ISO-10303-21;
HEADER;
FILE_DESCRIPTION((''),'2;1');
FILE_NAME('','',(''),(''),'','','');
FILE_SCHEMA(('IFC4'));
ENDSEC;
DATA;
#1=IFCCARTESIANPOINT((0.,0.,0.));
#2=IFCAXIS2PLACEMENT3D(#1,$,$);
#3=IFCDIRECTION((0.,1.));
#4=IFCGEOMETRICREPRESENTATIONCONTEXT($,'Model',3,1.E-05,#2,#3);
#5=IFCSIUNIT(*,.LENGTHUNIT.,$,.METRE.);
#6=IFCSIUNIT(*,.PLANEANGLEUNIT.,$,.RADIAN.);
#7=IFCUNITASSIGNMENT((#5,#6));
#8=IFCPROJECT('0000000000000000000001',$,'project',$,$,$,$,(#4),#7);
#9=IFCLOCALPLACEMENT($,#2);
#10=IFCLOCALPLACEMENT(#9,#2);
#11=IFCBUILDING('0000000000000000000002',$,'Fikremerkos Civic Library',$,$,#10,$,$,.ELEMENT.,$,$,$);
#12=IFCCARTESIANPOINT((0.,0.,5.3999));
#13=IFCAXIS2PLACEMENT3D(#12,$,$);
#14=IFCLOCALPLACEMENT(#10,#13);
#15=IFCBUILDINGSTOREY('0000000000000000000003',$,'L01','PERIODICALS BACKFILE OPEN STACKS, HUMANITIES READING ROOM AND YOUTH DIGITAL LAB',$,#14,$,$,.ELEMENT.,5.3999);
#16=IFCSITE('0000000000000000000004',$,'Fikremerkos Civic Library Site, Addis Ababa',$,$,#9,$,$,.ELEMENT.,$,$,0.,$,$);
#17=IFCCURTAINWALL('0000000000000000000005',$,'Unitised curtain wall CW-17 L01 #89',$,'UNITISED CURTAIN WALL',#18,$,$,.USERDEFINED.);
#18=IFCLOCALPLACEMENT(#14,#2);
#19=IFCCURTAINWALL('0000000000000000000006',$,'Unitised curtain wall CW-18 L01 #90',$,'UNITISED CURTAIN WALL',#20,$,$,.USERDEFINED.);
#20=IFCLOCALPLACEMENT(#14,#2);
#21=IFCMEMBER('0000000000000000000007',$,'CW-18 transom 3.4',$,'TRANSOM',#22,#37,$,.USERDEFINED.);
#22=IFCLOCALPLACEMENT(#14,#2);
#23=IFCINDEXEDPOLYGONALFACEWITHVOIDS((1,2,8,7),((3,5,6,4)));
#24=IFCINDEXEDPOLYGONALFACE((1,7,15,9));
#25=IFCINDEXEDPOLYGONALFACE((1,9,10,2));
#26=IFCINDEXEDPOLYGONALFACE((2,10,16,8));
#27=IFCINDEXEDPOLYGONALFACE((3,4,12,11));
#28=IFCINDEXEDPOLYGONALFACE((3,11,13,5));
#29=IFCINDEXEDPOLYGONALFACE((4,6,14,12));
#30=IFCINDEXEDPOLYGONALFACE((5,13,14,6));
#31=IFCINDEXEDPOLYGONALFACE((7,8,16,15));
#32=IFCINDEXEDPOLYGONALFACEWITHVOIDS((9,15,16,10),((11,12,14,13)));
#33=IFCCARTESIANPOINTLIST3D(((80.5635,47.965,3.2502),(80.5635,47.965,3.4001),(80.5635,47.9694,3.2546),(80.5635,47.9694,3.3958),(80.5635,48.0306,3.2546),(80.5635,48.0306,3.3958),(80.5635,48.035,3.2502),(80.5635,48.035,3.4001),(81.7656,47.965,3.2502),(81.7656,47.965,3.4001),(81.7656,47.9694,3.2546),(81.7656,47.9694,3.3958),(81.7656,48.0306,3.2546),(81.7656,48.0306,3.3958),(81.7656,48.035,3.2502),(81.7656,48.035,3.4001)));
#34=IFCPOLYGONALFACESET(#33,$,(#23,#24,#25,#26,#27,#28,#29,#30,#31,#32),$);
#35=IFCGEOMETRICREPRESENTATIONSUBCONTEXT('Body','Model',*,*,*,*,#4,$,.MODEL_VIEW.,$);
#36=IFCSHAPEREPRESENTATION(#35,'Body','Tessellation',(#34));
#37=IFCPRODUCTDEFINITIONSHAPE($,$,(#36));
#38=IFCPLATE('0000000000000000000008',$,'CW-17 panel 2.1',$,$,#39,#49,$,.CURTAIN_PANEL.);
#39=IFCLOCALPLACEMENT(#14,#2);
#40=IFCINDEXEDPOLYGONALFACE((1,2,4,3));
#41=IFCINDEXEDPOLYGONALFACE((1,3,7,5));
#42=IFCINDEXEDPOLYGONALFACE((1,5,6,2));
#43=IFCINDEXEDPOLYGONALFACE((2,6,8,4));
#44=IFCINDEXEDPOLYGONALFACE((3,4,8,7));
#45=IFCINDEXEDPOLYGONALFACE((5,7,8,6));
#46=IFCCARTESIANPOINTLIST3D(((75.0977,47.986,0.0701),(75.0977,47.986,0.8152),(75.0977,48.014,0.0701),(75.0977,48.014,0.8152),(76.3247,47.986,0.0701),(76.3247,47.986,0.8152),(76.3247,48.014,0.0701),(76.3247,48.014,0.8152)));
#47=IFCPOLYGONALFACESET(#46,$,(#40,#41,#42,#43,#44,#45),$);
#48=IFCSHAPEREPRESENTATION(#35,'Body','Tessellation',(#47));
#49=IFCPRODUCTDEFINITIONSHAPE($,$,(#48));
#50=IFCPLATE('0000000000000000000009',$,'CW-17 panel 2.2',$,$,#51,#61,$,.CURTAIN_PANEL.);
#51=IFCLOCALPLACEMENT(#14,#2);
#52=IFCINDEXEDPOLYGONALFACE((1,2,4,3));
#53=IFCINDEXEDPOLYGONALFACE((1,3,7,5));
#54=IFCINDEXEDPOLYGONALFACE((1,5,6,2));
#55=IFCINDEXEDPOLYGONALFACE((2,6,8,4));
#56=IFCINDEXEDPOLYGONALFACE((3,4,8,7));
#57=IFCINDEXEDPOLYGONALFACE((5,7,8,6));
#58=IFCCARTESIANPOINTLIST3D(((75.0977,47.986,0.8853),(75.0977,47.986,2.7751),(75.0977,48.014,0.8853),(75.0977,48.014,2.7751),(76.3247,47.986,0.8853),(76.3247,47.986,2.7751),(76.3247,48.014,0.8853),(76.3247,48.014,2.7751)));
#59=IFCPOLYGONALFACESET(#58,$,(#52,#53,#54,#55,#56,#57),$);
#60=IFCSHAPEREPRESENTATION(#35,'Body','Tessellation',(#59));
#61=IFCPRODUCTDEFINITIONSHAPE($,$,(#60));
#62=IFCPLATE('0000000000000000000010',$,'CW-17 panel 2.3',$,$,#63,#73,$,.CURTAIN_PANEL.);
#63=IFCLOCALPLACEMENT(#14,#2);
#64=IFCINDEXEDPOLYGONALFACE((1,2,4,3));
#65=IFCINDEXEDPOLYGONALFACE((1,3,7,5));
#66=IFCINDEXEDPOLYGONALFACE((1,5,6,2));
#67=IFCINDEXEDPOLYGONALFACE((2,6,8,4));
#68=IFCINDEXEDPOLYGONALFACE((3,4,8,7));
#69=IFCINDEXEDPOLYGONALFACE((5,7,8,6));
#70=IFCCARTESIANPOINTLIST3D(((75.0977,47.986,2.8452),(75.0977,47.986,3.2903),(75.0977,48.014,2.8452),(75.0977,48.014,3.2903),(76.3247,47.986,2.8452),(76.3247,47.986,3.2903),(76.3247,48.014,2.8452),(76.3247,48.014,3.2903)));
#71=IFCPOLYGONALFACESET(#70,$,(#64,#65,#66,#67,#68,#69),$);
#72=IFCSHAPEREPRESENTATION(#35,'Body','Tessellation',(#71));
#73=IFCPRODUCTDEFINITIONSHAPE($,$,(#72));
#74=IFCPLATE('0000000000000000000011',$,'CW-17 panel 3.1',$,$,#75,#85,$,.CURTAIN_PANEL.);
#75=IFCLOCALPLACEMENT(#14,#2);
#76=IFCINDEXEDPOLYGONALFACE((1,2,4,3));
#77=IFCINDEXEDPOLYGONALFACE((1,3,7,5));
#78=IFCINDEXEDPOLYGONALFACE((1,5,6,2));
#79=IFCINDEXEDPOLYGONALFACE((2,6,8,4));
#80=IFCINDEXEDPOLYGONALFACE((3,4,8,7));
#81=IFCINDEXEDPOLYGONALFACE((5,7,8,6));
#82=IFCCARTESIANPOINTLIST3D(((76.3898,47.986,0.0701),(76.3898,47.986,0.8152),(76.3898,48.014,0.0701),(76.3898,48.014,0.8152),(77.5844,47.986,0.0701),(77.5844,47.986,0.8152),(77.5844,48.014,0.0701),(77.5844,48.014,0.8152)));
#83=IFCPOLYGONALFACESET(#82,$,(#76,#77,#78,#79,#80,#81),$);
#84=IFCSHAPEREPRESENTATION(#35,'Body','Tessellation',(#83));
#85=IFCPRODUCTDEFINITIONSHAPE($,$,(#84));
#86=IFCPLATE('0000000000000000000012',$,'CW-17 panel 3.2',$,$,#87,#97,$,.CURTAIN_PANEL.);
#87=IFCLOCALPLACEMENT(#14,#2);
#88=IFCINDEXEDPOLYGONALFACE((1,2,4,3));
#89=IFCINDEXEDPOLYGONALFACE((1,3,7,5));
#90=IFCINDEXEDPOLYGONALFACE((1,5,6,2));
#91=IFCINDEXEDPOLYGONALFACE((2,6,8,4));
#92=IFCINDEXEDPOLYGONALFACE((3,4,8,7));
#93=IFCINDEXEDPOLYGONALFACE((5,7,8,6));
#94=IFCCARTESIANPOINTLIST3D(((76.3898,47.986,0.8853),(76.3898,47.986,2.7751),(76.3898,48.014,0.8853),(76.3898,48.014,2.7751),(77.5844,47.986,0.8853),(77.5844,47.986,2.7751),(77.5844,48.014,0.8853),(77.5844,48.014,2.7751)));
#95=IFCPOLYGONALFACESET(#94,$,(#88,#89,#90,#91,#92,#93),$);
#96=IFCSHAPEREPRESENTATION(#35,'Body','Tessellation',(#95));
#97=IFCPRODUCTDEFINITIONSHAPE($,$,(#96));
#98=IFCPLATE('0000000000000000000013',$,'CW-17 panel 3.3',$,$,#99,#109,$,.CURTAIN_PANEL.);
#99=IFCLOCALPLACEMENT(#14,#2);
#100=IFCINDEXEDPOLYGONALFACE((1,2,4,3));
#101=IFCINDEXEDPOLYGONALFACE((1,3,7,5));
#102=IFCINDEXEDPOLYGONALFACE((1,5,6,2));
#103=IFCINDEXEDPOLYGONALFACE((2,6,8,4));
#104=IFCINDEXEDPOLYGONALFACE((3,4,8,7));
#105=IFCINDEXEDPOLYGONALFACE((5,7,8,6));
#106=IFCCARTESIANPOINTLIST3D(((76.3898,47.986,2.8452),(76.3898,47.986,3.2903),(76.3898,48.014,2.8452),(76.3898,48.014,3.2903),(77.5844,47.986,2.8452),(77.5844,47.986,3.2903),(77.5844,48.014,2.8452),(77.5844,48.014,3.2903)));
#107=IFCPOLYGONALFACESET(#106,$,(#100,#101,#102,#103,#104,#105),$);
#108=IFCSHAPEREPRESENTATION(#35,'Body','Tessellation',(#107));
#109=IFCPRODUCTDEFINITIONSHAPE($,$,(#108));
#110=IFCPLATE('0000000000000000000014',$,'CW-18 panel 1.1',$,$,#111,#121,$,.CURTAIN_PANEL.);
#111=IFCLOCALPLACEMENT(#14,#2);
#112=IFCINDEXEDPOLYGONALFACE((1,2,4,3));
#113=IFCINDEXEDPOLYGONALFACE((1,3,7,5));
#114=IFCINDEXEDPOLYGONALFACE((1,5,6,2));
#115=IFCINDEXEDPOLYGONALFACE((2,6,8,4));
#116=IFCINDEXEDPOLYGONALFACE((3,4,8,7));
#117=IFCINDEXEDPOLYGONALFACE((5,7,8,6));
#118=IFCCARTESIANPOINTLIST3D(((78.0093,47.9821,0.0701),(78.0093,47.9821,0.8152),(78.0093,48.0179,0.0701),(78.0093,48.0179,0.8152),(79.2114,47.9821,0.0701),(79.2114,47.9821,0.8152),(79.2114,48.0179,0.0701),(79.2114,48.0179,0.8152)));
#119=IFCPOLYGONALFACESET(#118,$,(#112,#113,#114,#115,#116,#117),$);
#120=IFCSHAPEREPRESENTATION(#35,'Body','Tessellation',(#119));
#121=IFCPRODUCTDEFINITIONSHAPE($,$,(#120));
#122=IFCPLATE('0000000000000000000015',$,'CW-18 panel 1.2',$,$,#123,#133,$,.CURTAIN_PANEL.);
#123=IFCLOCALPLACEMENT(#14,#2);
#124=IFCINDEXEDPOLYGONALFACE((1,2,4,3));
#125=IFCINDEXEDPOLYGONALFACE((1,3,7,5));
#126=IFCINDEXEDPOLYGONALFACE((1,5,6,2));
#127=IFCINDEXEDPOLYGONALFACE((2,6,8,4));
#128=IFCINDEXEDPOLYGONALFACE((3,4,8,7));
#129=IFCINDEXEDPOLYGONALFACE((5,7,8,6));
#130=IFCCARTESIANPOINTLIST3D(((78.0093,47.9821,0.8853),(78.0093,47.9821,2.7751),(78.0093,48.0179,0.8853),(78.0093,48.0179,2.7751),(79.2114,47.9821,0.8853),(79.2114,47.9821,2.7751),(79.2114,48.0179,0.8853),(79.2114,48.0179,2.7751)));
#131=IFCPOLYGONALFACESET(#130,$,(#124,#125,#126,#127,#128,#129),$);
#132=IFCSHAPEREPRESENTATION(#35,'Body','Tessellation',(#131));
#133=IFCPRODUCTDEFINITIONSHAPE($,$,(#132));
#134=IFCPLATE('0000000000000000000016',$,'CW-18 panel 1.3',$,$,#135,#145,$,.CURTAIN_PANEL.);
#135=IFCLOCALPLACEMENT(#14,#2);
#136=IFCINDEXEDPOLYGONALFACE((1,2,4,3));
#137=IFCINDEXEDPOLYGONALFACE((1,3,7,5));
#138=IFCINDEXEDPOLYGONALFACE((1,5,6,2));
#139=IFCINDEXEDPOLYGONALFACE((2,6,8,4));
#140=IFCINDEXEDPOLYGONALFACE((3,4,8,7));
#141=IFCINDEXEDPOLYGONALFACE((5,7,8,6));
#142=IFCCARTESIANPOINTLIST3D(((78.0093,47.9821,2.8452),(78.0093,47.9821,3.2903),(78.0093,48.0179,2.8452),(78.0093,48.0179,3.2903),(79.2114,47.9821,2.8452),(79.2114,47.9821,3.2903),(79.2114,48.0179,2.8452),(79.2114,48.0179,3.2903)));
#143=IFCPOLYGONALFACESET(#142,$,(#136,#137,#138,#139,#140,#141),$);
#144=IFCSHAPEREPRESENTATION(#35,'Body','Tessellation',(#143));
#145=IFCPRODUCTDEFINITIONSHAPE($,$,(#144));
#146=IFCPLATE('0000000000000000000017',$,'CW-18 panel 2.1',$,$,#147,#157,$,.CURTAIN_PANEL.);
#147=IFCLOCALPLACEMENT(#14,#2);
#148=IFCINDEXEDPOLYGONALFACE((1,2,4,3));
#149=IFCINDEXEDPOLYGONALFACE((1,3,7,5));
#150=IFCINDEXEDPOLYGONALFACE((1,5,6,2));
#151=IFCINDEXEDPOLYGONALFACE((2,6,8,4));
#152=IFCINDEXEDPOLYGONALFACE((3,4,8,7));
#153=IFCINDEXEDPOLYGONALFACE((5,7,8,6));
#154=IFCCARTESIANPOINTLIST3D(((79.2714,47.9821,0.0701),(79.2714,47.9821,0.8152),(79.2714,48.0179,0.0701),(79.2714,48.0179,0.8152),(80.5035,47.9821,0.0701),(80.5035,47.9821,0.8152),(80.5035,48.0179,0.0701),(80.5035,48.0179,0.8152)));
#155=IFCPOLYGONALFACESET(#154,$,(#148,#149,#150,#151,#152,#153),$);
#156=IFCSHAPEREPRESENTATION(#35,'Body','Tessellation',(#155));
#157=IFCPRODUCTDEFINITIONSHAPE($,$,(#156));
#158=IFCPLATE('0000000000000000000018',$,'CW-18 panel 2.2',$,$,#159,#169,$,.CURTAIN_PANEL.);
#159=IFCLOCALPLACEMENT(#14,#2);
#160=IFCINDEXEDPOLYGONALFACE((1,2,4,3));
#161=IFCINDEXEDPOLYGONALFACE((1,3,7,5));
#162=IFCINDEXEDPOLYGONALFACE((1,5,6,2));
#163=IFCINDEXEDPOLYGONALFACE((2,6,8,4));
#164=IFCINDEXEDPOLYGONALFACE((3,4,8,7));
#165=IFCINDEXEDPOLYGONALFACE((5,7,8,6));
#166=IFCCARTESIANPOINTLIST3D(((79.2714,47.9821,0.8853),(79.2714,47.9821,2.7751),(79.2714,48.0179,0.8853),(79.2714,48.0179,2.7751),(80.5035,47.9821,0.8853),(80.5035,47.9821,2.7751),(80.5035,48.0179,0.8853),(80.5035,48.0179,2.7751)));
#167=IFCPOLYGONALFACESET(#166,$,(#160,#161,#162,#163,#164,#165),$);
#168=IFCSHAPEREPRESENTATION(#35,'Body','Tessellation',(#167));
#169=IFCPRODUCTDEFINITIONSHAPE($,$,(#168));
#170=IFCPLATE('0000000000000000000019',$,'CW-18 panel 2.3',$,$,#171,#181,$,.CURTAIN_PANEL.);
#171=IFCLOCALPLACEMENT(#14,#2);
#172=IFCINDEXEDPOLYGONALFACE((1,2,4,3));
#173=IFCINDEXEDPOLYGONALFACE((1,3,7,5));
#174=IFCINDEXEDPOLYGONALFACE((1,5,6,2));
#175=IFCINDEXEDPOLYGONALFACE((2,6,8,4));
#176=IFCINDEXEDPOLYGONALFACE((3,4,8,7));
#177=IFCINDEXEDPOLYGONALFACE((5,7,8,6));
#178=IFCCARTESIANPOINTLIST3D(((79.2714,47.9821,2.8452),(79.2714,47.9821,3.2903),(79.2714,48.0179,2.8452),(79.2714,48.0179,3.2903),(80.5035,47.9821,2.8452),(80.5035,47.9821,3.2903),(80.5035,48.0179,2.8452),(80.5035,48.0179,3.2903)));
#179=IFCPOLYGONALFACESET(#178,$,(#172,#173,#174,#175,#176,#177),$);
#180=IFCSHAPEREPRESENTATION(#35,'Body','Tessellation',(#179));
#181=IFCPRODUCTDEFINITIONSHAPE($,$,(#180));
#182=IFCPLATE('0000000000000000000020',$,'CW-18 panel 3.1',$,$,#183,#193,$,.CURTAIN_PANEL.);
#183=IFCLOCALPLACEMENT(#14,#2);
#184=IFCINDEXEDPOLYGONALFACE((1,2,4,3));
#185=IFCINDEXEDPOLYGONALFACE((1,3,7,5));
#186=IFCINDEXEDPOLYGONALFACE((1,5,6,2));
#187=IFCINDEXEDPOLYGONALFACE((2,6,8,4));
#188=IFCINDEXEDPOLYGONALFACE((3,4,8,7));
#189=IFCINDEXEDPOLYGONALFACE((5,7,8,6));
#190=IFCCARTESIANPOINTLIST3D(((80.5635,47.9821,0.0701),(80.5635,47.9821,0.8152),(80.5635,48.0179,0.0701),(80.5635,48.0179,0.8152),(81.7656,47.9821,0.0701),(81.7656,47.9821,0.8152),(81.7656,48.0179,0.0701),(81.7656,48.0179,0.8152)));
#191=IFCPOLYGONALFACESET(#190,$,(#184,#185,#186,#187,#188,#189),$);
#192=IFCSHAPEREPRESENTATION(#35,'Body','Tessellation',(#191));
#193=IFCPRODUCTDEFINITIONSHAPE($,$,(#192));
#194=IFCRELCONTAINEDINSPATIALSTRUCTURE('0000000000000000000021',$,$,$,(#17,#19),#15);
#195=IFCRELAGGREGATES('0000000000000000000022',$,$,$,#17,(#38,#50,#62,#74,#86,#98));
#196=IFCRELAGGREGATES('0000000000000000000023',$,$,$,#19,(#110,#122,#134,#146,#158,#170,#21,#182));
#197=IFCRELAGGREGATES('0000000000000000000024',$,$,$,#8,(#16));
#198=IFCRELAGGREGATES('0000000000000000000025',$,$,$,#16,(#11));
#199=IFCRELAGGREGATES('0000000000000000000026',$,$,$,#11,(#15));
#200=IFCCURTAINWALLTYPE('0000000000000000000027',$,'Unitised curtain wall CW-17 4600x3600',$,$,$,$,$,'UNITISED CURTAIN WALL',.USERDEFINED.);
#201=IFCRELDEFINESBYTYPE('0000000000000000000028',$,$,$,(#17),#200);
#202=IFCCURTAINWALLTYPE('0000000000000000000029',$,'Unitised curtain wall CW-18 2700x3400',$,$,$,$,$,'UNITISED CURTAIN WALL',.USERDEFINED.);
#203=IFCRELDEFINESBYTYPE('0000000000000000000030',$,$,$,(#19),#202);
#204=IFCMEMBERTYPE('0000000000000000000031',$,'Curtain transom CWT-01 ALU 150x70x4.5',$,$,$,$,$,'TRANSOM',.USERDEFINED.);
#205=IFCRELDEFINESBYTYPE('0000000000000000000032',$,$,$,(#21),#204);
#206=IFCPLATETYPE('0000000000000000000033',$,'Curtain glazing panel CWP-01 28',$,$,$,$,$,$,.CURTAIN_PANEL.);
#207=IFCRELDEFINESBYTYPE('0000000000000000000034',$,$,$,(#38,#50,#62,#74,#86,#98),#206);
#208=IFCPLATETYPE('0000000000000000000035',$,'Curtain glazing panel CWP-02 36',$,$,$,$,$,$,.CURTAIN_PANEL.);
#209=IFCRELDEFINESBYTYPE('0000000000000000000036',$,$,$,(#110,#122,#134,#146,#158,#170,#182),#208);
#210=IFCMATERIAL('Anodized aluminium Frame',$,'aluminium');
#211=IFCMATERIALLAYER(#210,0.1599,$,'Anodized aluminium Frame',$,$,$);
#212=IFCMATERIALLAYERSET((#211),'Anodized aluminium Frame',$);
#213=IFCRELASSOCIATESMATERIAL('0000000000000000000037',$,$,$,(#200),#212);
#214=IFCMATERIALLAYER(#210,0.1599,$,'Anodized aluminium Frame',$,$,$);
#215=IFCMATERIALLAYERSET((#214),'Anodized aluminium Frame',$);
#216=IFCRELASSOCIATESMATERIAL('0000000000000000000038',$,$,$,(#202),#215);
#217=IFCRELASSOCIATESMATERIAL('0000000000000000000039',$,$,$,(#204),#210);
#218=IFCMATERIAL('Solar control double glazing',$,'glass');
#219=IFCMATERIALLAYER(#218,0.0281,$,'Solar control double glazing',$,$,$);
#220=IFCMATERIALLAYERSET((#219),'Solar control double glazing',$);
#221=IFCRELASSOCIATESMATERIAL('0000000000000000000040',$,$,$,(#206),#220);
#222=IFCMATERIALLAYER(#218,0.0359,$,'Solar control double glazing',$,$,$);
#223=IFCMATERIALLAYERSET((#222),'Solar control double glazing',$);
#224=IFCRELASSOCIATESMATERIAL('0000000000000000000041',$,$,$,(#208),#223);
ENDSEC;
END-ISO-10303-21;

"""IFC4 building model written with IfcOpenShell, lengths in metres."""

from ifc_helpers import new_model, si_unit, direction, frame, origin, origin_2d, place, context, subcontext, project, spatial, rectangle, hollow_rectangle, extrude, material, layer, layer_set, material_profile, profile_set, type_object, element, aggregate, save


model = new_model("IFC4")

# Units and contexts
model_context = context("Model", 3, precision=1e-05, world=origin(), true_north=direction((0.0, 1.0)))
body_context = subcontext(model_context, "Body", "Model", "MODEL_VIEW")
ifc_project = project(units=[si_unit("LENGTHUNIT", "METRE"), si_unit("PLANEANGLEUNIT", "RADIAN")], contexts=[model_context])

# Site, building, storey
site_placement = place(None, origin())
site = spatial("IfcSite", under=ifc_project, at=site_placement, Name="Fikremerkos Civic Library Site, Addis Ababa", CompositionType="ELEMENT", RefElevation=0.0)
building_placement = place(site_placement, origin())
building = spatial("IfcBuilding", under=site, at=building_placement, Name="Fikremerkos Civic Library", CompositionType="ELEMENT")
storey_placement = place(building_placement, frame((0.0, 0.0, 5.3999)))
storey = spatial("IfcBuildingStorey", under=building, at=storey_placement, Name="L01", Description="PERIODICALS BACKFILE OPEN STACKS, HUMANITIES READING ROOM AND YOUTH DIGITAL LAB", CompositionType="ELEMENT", Elevation=5.3999)

# Curtain wall
ifc_material_1 = material(Name="Anodized aluminium Frame", Category="aluminium")
ifc_layer_1 = layer(ifc_material_1, 0.1599, Name="Anodized aluminium Frame")
ifc_layer_set_1 = layer_set([ifc_layer_1], Name="Anodized aluminium Frame")
curtain_wall_type_1 = type_object("IfcCurtainWallType", Name="Unitised curtain wall CW-17 4600x3600", ElementType="UNITISED CURTAIN WALL", PredefinedType="USERDEFINED", material=ifc_layer_set_1)
curtain_wall_1_placement = place(storey_placement, origin())
curtain_wall_1 = element("IfcCurtainWall", 1, at=curtain_wall_1_placement, inside=storey, type_object=curtain_wall_type_1, Name="Unitised curtain wall CW-17 L01 #89", ObjectType="UNITISED CURTAIN WALL", PredefinedType="USERDEFINED")

# Curtain wall
ifc_layer_2 = layer(ifc_material_1, 0.1599, Name="Anodized aluminium Frame")
ifc_layer_set_2 = layer_set([ifc_layer_2], Name="Anodized aluminium Frame")
curtain_wall_type_2 = type_object("IfcCurtainWallType", Name="Unitised curtain wall CW-18 2700x3400", ElementType="UNITISED CURTAIN WALL", PredefinedType="USERDEFINED", material=ifc_layer_set_2)
curtain_wall_2_placement = place(storey_placement, origin())
curtain_wall_2 = element("IfcCurtainWall", 2, at=curtain_wall_2_placement, inside=storey, type_object=curtain_wall_type_2, Name="Unitised curtain wall CW-18 L01 #90", ObjectType="UNITISED CURTAIN WALL", PredefinedType="USERDEFINED")

# Member
ifc_material_profile_1 = material_profile(ifc_material_1, hollow_rectangle(XDim=0.0701, YDim=0.1499, WallThickness=0.0044, at=origin_2d()), Name="ALU 150x70x4.5")
ifc_profile_set_1 = profile_set([ifc_material_profile_1], Name="Anodized aluminium Frame")
member_type_1 = type_object("IfcMemberType", Name="Curtain transom CWT-01 ALU 150x70x4.5", ElementType="TRANSOM", PredefinedType="USERDEFINED", material=ifc_profile_set_1)
member_1_placement = place(storey_placement, frame((80.5635, 48.0, 3.3252), z_axis=(1.0, 0.0, 0.0), x_axis=(0.0, 1.0, 0.0)))
member_1 = element("IfcMember", 3, at=member_1_placement, type_object=member_type_1, Name="CW-18 transom 3.4", ObjectType="TRANSOM", PredefinedType="USERDEFINED", context=body_context, shape_type="SweptSolid", body=[
    extrude(hollow_rectangle(XDim=0.0701, YDim=0.1499, WallThickness=0.0044, at=origin_2d()), origin(), (0.0, 0.0, 1.0), 1.2021),
])

# Plates
ifc_material_2 = material(Name="Solar control double glazing", Category="glass")
ifc_layer_3 = layer(ifc_material_2, 0.0281, Name="Solar control double glazing")
ifc_layer_set_3 = layer_set([ifc_layer_3], Name="Solar control double glazing")
plate_type_1 = type_object("IfcPlateType", Name="Curtain glazing panel CWP-01 28", PredefinedType="CURTAIN_PANEL", material=ifc_layer_set_3)
plate_1_placement = place(storey_placement, frame((75.7112, 48.0, 0.0701), z_axis=(0.0, 0.0, 1.0), x_axis=(1.0, 0.0, 0.0)))
plate_1 = element("IfcPlate", 4, at=plate_1_placement, type_object=plate_type_1, Name="CW-17 panel 2.1", PredefinedType="CURTAIN_PANEL", context=body_context, shape_type="SweptSolid", body=[
    extrude(rectangle(XDim=1.2271, YDim=0.0281, at=origin_2d()), origin(), (0.0, 0.0, 1.0), 0.7451),
])
plate_2_placement = place(storey_placement, frame((75.7112, 48.0, 0.8853), z_axis=(0.0, 0.0, 1.0), x_axis=(1.0, 0.0, 0.0)))
plate_2 = element("IfcPlate", 5, at=plate_2_placement, type_object=plate_type_1, Name="CW-17 panel 2.2", PredefinedType="CURTAIN_PANEL", context=body_context, shape_type="SweptSolid", body=[
    extrude(rectangle(XDim=1.2271, YDim=0.0281, at=origin_2d()), origin(), (0.0, 0.0, 1.0), 1.8899),
])
plate_3_placement = place(storey_placement, frame((75.7112, 48.0, 2.8452), z_axis=(0.0, 0.0, 1.0), x_axis=(1.0, 0.0, 0.0)))
plate_3 = element("IfcPlate", 6, at=plate_3_placement, type_object=plate_type_1, Name="CW-17 panel 2.3", PredefinedType="CURTAIN_PANEL", context=body_context, shape_type="SweptSolid", body=[
    extrude(rectangle(XDim=1.2271, YDim=0.0281, at=origin_2d()), origin(), (0.0, 0.0, 1.0), 0.4451),
])
plate_4_placement = place(storey_placement, frame((76.9871, 48.0, 0.0701), z_axis=(0.0, 0.0, 1.0), x_axis=(1.0, 0.0, 0.0)))
plate_4 = element("IfcPlate", 7, at=plate_4_placement, type_object=plate_type_1, Name="CW-17 panel 3.1", PredefinedType="CURTAIN_PANEL", context=body_context, shape_type="SweptSolid", body=[
    extrude(rectangle(XDim=1.1946, YDim=0.0281, at=origin_2d()), origin(), (0.0, 0.0, 1.0), 0.7451),
])
plate_5_placement = place(storey_placement, frame((76.9871, 48.0, 0.8853), z_axis=(0.0, 0.0, 1.0), x_axis=(1.0, 0.0, 0.0)))
plate_5 = element("IfcPlate", 8, at=plate_5_placement, type_object=plate_type_1, Name="CW-17 panel 3.2", PredefinedType="CURTAIN_PANEL", context=body_context, shape_type="SweptSolid", body=[
    extrude(rectangle(XDim=1.1946, YDim=0.0281, at=origin_2d()), origin(), (0.0, 0.0, 1.0), 1.8899),
])
plate_6_placement = place(storey_placement, frame((76.9871, 48.0, 2.8452), z_axis=(0.0, 0.0, 1.0), x_axis=(1.0, 0.0, 0.0)))
plate_6 = element("IfcPlate", 9, at=plate_6_placement, type_object=plate_type_1, Name="CW-17 panel 3.3", PredefinedType="CURTAIN_PANEL", context=body_context, shape_type="SweptSolid", body=[
    extrude(rectangle(XDim=1.1946, YDim=0.0281, at=origin_2d()), origin(), (0.0, 0.0, 1.0), 0.4451),
])
aggregate(curtain_wall_1, [plate_1, plate_2, plate_3, plate_4, plate_5, plate_6])
ifc_layer_4 = layer(ifc_material_2, 0.0359, Name="Solar control double glazing")
ifc_layer_set_4 = layer_set([ifc_layer_4], Name="Solar control double glazing")
plate_type_2 = type_object("IfcPlateType", Name="Curtain glazing panel CWP-02 36", PredefinedType="CURTAIN_PANEL", material=ifc_layer_set_4)
plate_7_placement = place(storey_placement, frame((78.6104, 48.0, 0.0701), z_axis=(0.0, 0.0, 1.0), x_axis=(1.0, 0.0, 0.0)))
plate_7 = element("IfcPlate", 10, at=plate_7_placement, type_object=plate_type_2, Name="CW-18 panel 1.1", PredefinedType="CURTAIN_PANEL", context=body_context, shape_type="SweptSolid", body=[
    extrude(rectangle(XDim=1.2021, YDim=0.0359, at=origin_2d()), origin(), (0.0, 0.0, 1.0), 0.7451),
])
plate_8_placement = place(storey_placement, frame((78.6104, 48.0, 0.8853), z_axis=(0.0, 0.0, 1.0), x_axis=(1.0, 0.0, 0.0)))
plate_8 = element("IfcPlate", 11, at=plate_8_placement, type_object=plate_type_2, Name="CW-18 panel 1.2", PredefinedType="CURTAIN_PANEL", context=body_context, shape_type="SweptSolid", body=[
    extrude(rectangle(XDim=1.2021, YDim=0.0359, at=origin_2d()), origin(), (0.0, 0.0, 1.0), 1.8899),
])
plate_9_placement = place(storey_placement, frame((78.6104, 48.0, 2.8452), z_axis=(0.0, 0.0, 1.0), x_axis=(1.0, 0.0, 0.0)))
plate_9 = element("IfcPlate", 12, at=plate_9_placement, type_object=plate_type_2, Name="CW-18 panel 1.3", PredefinedType="CURTAIN_PANEL", context=body_context, shape_type="SweptSolid", body=[
    extrude(rectangle(XDim=1.2021, YDim=0.0359, at=origin_2d()), origin(), (0.0, 0.0, 1.0), 0.4451),
])
plate_10_placement = place(storey_placement, frame((79.8875, 48.0, 0.0701), z_axis=(0.0, 0.0, 1.0), x_axis=(1.0, 0.0, 0.0)))
plate_10 = element("IfcPlate", 13, at=plate_10_placement, type_object=plate_type_2, Name="CW-18 panel 2.1", PredefinedType="CURTAIN_PANEL", context=body_context, shape_type="SweptSolid", body=[
    extrude(rectangle(XDim=1.2322, YDim=0.0359, at=origin_2d()), origin(), (0.0, 0.0, 1.0), 0.7451),
])
plate_11_placement = place(storey_placement, frame((79.8875, 48.0, 0.8853), z_axis=(0.0, 0.0, 1.0), x_axis=(1.0, 0.0, 0.0)))
plate_11 = element("IfcPlate", 14, at=plate_11_placement, type_object=plate_type_2, Name="CW-18 panel 2.2", PredefinedType="CURTAIN_PANEL", context=body_context, shape_type="SweptSolid", body=[
    extrude(rectangle(XDim=1.2322, YDim=0.0359, at=origin_2d()), origin(), (0.0, 0.0, 1.0), 1.8899),
])
plate_12_placement = place(storey_placement, frame((79.8875, 48.0, 2.8452), z_axis=(0.0, 0.0, 1.0), x_axis=(1.0, 0.0, 0.0)))
plate_12 = element("IfcPlate", 15, at=plate_12_placement, type_object=plate_type_2, Name="CW-18 panel 2.3", PredefinedType="CURTAIN_PANEL", context=body_context, shape_type="SweptSolid", body=[
    extrude(rectangle(XDim=1.2322, YDim=0.0359, at=origin_2d()), origin(), (0.0, 0.0, 1.0), 0.4451),
])
plate_13_placement = place(storey_placement, frame((81.1646, 48.0, 0.0701), z_axis=(0.0, 0.0, 1.0), x_axis=(1.0, 0.0, 0.0)))
plate_13 = element("IfcPlate", 16, at=plate_13_placement, type_object=plate_type_2, Name="CW-18 panel 3.1", PredefinedType="CURTAIN_PANEL", context=body_context, shape_type="SweptSolid", body=[
    extrude(rectangle(XDim=1.2021, YDim=0.0359, at=origin_2d()), origin(), (0.0, 0.0, 1.0), 0.7451),
])
aggregate(curtain_wall_2, [plate_7, plate_8, plate_9, plate_10, plate_11, plate_12, member_1, plate_13])

save(model, "model.ifc")
